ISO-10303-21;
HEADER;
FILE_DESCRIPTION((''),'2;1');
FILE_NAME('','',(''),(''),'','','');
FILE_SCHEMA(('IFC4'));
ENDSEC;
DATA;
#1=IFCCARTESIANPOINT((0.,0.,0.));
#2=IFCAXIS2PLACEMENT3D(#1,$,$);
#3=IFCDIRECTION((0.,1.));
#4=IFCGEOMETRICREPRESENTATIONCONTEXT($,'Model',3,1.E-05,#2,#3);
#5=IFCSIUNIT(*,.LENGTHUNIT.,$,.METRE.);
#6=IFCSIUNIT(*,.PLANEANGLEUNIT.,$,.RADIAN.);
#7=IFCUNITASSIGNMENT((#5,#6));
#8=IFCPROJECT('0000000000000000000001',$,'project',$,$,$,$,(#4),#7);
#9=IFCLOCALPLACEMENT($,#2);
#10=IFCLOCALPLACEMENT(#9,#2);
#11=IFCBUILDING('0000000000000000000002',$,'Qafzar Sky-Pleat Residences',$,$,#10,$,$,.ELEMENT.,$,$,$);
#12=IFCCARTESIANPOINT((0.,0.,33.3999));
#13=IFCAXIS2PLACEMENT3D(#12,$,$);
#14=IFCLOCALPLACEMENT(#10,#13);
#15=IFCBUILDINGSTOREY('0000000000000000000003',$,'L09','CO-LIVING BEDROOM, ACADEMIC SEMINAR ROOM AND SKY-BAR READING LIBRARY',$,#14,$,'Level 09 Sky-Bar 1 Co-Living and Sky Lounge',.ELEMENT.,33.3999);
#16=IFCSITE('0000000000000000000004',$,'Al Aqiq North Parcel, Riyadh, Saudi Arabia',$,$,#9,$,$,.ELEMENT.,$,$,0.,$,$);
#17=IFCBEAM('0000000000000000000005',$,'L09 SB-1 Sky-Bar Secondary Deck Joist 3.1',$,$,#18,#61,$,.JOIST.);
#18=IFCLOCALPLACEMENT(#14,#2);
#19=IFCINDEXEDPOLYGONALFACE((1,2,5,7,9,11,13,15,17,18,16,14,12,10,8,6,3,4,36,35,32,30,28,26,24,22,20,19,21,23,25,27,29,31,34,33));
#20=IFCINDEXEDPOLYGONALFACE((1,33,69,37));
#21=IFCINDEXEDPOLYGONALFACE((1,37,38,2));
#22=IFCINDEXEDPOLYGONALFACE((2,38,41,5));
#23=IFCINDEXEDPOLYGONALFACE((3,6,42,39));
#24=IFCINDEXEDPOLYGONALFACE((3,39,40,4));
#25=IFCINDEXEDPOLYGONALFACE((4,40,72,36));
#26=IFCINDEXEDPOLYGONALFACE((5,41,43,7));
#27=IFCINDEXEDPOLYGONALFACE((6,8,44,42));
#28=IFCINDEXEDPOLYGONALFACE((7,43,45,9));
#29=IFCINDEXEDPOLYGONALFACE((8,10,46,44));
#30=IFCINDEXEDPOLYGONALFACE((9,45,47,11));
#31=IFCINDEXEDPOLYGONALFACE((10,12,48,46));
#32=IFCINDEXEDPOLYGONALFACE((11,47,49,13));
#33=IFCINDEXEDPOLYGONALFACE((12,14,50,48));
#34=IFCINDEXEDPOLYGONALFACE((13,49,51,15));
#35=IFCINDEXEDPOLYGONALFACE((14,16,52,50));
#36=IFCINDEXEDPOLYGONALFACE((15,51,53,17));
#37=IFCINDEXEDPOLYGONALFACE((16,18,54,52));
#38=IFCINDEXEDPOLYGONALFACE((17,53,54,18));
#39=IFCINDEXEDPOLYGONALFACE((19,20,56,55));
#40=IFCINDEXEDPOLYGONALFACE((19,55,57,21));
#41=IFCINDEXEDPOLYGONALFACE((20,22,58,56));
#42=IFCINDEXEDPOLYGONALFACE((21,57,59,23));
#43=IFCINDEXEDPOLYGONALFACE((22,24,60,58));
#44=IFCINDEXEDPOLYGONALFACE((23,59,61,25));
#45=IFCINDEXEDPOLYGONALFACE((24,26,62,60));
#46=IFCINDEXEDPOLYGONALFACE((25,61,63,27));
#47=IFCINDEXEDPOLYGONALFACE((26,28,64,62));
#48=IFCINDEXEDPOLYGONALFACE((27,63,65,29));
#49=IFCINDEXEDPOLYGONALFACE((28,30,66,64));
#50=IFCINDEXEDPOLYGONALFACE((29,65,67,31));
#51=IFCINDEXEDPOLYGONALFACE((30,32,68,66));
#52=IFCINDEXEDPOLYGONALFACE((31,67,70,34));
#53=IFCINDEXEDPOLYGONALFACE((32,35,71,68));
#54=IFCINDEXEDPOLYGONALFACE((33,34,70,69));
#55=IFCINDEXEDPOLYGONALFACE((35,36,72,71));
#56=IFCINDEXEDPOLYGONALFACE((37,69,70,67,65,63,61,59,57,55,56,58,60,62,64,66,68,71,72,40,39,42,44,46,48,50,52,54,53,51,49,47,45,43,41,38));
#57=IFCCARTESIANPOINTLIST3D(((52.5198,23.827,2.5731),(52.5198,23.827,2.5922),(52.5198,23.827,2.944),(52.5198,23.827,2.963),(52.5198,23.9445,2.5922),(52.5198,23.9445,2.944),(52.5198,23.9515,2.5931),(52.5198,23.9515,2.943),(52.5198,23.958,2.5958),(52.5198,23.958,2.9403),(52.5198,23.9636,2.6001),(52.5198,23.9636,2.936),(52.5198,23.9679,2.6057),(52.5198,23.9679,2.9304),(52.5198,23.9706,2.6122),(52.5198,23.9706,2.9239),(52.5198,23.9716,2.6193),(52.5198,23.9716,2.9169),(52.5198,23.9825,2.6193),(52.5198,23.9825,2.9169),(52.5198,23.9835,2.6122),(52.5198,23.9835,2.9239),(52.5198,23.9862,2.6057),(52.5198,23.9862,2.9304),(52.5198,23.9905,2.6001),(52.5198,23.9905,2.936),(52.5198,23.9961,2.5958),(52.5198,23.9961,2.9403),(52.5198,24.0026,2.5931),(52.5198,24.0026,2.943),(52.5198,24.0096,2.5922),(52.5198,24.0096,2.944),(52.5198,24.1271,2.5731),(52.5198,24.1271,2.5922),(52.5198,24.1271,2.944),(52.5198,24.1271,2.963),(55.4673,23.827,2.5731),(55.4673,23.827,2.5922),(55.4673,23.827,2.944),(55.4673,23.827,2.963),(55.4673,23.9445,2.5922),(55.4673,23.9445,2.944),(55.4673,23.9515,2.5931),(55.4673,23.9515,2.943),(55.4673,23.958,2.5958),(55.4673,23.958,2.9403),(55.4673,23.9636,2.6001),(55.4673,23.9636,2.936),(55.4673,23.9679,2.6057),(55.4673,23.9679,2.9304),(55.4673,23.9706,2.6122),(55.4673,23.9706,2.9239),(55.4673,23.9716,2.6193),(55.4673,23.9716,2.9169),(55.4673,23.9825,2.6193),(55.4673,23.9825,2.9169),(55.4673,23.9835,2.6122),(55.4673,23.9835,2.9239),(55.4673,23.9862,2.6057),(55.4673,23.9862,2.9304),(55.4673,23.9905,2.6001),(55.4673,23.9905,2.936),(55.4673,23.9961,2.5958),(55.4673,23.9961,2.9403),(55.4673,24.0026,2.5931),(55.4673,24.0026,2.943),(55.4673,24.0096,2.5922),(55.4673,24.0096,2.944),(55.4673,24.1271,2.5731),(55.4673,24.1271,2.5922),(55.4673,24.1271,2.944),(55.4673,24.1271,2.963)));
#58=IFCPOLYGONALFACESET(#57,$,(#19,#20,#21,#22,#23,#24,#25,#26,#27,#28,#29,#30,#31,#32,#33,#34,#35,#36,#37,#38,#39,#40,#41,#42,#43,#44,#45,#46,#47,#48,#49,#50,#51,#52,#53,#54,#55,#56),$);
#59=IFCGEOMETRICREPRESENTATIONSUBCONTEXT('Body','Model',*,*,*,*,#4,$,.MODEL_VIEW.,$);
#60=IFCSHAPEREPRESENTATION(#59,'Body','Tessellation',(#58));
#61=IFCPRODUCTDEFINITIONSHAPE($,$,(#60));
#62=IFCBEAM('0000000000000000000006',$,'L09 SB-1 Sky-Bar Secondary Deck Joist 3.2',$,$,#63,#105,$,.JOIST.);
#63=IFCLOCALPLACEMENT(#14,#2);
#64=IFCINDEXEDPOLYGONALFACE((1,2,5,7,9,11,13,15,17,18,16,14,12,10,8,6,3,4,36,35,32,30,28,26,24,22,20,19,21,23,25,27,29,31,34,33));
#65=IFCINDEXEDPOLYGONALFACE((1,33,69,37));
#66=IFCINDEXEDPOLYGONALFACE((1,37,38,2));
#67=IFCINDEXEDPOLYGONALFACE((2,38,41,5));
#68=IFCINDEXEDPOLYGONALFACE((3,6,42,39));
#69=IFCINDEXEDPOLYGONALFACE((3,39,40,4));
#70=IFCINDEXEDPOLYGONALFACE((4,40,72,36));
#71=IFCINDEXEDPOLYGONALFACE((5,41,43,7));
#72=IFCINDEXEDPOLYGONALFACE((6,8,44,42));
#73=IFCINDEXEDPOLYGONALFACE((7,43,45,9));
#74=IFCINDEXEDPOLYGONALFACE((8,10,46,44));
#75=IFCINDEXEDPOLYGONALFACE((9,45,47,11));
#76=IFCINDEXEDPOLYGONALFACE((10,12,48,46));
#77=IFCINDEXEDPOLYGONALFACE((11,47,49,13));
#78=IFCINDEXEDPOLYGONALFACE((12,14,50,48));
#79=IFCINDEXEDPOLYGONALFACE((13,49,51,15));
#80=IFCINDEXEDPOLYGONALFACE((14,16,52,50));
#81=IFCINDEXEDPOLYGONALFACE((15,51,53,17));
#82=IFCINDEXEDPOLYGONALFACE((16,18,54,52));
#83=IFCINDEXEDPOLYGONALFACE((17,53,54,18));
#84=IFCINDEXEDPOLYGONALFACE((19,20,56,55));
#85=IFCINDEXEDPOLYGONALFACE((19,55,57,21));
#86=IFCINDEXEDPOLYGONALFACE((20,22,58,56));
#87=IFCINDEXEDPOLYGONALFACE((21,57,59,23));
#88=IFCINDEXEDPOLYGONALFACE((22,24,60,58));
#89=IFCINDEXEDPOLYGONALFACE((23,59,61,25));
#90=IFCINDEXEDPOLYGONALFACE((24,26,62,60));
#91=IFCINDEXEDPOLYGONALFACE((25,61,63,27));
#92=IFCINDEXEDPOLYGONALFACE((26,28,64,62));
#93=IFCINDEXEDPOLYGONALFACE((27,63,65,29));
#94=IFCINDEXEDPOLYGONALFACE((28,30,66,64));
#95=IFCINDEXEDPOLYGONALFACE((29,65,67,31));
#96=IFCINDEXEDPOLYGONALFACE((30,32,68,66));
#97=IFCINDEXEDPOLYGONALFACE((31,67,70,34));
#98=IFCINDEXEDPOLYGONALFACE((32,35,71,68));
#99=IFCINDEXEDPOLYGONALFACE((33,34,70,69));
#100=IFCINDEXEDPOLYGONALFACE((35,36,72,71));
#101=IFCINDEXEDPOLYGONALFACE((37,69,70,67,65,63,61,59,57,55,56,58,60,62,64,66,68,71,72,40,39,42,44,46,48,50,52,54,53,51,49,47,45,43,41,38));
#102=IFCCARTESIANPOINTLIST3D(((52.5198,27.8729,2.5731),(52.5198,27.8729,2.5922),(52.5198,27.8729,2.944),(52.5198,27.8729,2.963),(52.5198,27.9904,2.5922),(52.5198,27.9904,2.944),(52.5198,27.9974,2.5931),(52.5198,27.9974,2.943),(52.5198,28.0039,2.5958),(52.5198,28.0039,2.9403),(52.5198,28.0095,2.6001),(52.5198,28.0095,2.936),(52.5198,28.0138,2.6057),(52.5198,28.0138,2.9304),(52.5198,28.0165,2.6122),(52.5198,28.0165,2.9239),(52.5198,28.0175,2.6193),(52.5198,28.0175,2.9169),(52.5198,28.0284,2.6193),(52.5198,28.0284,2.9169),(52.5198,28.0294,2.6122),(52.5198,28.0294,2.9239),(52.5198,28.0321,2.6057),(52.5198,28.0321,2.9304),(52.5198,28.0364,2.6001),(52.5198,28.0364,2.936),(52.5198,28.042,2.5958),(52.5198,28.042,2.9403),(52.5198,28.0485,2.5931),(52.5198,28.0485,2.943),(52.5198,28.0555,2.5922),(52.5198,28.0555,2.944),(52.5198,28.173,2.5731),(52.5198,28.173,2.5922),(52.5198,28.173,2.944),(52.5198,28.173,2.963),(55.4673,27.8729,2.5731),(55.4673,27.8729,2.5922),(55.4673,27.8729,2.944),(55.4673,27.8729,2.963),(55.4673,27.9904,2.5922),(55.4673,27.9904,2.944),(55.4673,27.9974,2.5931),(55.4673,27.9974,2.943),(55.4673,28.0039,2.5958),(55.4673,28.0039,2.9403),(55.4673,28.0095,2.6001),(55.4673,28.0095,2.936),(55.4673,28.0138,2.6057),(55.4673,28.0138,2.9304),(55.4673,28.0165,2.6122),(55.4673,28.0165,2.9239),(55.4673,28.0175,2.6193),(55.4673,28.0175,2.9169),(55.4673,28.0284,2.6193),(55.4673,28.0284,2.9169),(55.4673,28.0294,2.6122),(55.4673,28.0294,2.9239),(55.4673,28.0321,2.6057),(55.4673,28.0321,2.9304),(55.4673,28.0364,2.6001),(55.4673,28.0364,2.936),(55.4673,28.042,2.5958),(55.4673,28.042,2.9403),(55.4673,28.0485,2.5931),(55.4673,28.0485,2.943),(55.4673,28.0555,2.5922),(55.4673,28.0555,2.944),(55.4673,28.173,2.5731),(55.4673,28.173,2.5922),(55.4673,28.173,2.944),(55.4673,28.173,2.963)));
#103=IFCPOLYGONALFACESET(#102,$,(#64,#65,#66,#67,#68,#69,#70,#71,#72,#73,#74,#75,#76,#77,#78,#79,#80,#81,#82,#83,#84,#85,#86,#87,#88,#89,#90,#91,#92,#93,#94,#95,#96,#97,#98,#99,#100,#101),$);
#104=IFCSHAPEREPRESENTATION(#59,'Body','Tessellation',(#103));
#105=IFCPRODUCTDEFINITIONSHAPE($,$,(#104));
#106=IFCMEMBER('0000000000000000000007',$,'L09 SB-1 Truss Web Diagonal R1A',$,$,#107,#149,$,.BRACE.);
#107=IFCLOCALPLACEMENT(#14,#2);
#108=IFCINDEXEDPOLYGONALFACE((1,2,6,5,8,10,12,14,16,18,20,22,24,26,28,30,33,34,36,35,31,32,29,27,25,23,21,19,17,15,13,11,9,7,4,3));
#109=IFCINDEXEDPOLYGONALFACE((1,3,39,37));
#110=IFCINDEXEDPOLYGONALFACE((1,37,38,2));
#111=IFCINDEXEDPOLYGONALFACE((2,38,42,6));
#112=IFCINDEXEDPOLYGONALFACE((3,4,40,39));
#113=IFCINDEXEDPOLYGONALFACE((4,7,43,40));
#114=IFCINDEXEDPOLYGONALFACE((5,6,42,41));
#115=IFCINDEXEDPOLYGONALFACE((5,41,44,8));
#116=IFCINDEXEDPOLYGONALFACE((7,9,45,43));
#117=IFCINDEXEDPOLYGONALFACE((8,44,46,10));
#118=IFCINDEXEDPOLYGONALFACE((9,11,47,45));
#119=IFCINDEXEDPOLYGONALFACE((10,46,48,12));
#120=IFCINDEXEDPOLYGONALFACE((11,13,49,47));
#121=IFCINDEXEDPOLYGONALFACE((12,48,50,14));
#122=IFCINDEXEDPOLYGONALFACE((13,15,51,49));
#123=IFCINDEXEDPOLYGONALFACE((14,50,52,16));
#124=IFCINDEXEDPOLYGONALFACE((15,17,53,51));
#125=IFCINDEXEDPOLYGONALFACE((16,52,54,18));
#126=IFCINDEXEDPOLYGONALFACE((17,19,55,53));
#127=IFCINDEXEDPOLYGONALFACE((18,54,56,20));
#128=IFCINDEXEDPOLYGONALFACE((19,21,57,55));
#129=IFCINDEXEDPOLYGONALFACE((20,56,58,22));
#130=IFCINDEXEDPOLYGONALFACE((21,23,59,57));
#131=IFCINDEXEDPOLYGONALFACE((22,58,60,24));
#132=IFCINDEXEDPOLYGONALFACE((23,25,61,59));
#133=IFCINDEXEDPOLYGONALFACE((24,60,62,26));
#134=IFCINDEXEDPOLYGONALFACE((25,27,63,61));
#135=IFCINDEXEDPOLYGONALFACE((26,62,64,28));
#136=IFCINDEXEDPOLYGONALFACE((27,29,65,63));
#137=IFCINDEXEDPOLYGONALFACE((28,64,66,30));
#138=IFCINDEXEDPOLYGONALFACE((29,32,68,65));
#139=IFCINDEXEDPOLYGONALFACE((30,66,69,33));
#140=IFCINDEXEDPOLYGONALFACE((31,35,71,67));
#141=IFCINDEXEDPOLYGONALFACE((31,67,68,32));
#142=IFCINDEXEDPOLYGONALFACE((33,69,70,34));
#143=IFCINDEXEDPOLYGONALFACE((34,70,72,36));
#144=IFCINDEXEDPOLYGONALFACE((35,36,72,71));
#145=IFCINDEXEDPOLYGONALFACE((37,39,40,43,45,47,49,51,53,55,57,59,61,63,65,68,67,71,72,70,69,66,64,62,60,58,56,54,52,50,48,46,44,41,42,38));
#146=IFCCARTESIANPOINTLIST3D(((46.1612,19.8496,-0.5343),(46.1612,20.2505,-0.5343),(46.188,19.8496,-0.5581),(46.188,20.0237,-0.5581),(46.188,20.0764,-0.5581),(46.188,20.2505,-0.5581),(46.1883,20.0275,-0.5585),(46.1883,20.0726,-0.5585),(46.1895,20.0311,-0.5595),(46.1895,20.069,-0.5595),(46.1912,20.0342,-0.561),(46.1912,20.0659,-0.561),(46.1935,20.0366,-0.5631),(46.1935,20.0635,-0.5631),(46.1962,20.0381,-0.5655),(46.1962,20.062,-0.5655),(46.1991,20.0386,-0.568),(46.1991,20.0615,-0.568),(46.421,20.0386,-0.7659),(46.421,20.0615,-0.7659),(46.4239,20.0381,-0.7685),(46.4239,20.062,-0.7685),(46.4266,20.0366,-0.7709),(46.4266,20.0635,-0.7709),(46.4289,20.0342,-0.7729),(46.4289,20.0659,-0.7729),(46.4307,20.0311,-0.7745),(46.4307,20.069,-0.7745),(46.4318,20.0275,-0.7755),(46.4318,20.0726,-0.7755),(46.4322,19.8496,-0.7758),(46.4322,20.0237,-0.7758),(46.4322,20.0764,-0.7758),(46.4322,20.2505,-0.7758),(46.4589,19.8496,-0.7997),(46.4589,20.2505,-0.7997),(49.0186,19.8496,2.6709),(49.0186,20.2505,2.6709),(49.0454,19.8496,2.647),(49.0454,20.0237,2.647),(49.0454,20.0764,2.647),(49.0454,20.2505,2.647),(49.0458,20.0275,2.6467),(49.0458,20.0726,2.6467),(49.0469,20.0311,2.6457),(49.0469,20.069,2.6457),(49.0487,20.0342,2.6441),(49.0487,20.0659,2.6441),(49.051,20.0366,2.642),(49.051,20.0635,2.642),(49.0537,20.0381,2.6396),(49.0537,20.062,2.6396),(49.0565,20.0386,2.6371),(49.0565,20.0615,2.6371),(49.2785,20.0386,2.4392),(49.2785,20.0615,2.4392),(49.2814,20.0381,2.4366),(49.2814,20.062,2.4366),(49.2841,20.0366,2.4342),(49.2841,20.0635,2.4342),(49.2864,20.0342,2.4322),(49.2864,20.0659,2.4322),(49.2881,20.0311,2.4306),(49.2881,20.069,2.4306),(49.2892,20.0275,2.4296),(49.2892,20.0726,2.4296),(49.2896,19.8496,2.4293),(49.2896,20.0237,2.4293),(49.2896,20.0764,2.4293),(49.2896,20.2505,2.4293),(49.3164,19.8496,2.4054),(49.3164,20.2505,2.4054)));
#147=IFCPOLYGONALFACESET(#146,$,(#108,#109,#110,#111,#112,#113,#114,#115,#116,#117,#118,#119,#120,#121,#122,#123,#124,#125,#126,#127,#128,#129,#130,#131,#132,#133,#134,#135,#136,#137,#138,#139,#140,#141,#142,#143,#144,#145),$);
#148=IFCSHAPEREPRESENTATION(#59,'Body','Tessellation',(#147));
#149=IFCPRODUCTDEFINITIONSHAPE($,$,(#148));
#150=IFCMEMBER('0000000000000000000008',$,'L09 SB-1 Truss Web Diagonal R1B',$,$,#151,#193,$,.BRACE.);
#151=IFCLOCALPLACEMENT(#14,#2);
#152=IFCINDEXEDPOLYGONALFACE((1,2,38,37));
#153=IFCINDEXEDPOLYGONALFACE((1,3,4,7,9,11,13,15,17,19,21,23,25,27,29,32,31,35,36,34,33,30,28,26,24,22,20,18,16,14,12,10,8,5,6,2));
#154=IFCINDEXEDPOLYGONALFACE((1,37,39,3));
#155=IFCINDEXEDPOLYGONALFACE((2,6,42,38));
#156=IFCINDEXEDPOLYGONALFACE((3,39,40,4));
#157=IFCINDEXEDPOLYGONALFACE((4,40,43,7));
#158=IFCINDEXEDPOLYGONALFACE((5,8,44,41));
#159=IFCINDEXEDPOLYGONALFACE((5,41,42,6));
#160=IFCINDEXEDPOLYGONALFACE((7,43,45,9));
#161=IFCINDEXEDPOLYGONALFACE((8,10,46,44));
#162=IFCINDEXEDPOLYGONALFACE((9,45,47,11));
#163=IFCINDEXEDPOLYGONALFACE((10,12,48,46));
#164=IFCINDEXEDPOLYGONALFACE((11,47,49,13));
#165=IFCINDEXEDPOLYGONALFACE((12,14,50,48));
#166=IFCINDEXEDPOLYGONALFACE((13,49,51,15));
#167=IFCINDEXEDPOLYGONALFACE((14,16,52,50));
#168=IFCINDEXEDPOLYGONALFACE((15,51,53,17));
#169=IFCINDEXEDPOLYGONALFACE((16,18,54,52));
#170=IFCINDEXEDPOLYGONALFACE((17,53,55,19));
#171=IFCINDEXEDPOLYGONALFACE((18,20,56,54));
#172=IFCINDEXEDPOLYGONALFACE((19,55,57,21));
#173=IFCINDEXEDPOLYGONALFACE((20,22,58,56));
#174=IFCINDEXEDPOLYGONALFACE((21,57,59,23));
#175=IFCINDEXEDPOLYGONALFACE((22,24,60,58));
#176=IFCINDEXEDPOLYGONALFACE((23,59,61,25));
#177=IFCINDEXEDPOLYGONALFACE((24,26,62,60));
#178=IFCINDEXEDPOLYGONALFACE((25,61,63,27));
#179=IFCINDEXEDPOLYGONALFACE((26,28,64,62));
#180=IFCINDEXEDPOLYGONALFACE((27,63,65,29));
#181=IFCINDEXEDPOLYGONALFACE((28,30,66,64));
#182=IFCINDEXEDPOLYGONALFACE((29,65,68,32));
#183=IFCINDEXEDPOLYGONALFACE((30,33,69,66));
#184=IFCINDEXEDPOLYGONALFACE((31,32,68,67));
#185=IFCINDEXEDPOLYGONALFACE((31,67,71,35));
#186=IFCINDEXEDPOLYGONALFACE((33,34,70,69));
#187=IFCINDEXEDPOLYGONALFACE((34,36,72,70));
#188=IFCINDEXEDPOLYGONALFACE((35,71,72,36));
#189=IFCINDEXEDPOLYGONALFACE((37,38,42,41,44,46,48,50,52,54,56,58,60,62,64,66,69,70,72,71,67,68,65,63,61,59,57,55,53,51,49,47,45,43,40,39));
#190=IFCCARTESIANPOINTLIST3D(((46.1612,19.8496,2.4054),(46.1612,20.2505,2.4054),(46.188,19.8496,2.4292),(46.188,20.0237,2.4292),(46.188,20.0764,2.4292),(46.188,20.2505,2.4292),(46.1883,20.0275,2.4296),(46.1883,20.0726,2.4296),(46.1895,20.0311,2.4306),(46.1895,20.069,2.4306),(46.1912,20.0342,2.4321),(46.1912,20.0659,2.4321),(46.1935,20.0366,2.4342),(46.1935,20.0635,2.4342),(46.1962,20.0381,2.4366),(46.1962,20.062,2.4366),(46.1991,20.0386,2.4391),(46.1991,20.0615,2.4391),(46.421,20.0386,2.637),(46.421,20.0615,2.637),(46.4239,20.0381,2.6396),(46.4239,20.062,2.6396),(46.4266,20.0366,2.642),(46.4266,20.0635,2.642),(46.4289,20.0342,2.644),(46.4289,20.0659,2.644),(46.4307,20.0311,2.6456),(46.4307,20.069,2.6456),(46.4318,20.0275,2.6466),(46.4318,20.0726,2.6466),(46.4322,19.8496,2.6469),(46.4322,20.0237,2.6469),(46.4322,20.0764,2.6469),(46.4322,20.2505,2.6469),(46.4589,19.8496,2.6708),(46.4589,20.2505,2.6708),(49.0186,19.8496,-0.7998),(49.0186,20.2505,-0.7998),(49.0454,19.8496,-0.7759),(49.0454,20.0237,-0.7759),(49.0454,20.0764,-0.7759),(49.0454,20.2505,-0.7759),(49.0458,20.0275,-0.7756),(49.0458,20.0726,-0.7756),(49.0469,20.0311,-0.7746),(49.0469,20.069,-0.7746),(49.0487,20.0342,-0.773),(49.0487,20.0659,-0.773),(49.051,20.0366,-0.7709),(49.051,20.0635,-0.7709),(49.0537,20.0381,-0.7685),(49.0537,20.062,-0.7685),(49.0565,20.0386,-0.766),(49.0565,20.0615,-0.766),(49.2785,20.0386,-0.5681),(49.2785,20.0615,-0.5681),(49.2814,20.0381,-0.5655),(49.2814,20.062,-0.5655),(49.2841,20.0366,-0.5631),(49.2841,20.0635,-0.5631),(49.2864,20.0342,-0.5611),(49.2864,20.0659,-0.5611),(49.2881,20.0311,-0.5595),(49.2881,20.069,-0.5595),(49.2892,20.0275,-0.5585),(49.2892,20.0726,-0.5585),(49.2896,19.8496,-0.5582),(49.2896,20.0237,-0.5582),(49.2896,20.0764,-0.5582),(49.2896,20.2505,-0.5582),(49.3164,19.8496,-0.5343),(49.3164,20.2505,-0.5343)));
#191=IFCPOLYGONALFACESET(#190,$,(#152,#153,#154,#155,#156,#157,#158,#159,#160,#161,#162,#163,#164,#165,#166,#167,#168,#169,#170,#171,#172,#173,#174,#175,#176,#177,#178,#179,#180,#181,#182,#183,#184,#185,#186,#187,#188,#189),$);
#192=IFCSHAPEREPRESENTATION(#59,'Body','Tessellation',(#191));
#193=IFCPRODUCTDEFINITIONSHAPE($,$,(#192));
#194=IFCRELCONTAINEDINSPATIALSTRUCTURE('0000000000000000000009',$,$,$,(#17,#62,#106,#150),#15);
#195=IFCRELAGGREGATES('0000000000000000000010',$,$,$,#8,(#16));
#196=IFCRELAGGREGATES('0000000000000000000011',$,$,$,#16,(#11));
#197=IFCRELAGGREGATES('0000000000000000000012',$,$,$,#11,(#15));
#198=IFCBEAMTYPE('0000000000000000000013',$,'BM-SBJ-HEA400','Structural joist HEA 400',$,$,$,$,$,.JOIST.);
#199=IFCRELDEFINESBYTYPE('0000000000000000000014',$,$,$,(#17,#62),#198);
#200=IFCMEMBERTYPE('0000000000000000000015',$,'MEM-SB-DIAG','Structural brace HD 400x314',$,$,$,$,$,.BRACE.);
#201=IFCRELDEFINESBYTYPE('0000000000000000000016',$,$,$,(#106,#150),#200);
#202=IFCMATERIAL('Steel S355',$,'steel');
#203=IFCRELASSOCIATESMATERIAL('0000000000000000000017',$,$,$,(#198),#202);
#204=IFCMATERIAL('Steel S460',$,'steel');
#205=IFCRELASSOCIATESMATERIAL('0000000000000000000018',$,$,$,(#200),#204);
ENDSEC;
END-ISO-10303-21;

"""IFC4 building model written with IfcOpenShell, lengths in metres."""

from ifc_helpers import new_model, si_unit, direction, frame, origin, origin_2d, place, context, subcontext, project, spatial, i_section, extrude, source, transform, mapped, material, material_profile, profile_set, type_object, element, save


model = new_model("IFC4")

# Units and contexts
model_context = context("Model", 3, precision=1e-05, world=origin(), true_north=direction((0.0, 1.0)))
body_context = subcontext(model_context, "Body", "Model", "MODEL_VIEW")
ifc_project = project(units=[si_unit("LENGTHUNIT", "METRE"), si_unit("PLANEANGLEUNIT", "RADIAN")], contexts=[model_context])

# Site, building, storey
site_placement = place(None, origin())
site = spatial("IfcSite", under=ifc_project, at=site_placement, Name="Al Aqiq North Parcel, Riyadh, Saudi Arabia", CompositionType="ELEMENT", RefElevation=0.0)
building_placement = place(site_placement, origin())
building = spatial("IfcBuilding", under=site, at=building_placement, Name="Qafzar Sky-Pleat Residences", CompositionType="ELEMENT")
storey_placement = place(building_placement, frame((0.0, 0.0, 33.3999)))
storey = spatial("IfcBuildingStorey", under=building, at=storey_placement, Name="L09", Description="CO-LIVING BEDROOM, ACADEMIC SEMINAR ROOM AND SKY-BAR READING LIBRARY", LongName="Level 09 Sky-Bar 1 Co-Living and Sky Lounge", CompositionType="ELEMENT", Elevation=33.3999)

# Shared definitions
ifc_material_1 = material(Name="Steel S460", Category="steel")

# Beams
ifc_material_2 = material(Name="Steel S355", Category="steel")
ifc_material_profile_1 = material_profile(ifc_material_2, i_section(OverallWidth=0.3, OverallDepth=0.3899, WebThickness=0.011, FlangeThickness=0.019, FilletRadius=0.0271, at=origin_2d()), Name="HEA 400")
ifc_profile_set_1 = profile_set([ifc_material_profile_1], Name="Steel S355")
beam_type_1 = type_object("IfcBeamType", Name="BM-SBJ-HEA400", Description="Structural joist HEA 400", PredefinedType="JOIST", material=ifc_profile_set_1)
shared_shape_1 = source(origin(), body_context, "Body", "SweptSolid", [
    extrude(i_section(OverallWidth=0.3, OverallDepth=0.3899, WebThickness=0.011, FlangeThickness=0.019, FilletRadius=0.0271, at=origin_2d()), origin(), (0.0, 0.0, 1.0), 2.9475),
])
for number, where, z_axis, x_axis, name in (
    (1, (52.5198, 23.9771, 2.7681), (1.0, 0.0, 0.0), (0.0, 1.0, 0.0), "L09 SB-1 Sky-Bar Secondary Deck Joist 3.1"),
    (2, (52.5198, 28.0229, 2.7681), (1.0, 0.0, 0.0), (0.0, 1.0, 0.0), "L09 SB-1 Sky-Bar Secondary Deck Joist 3.2"),
):
    element("IfcBeam", number, at=place(storey_placement, frame(where, z_axis=z_axis, x_axis=x_axis)), inside=storey, type_object=beam_type_1, Name=name, PredefinedType="JOIST", context=body_context, shape_type="MappedRepresentation", body=[
        mapped(shared_shape_1, transform((0.0, 0.0, 0.0), x_axis=(1.0, 0.0, 0.0), y_axis=(0.0, 1.0, 0.0), z_axis=(0.0, 0.0, 1.0), scale=1.0)),
    ])

# Members
ifc_material_profile_2 = material_profile(ifc_material_1, i_section(OverallWidth=0.4009, OverallDepth=0.3989, WebThickness=0.0229, FlangeThickness=0.0359, FilletRadius=0.0149, at=origin_2d()), Name="HD 400x314")
ifc_profile_set_2 = profile_set([ifc_material_profile_2], Name="Steel S460")
member_type = type_object("IfcMemberType", Name="MEM-SB-DIAG", Description="Structural brace HD 400x314", PredefinedType="BRACE", material=ifc_profile_set_2)
shared_shape_2 = source(origin(), body_context, "Body", "SweptSolid", [
    extrude(i_section(OverallWidth=0.4009, OverallDepth=0.3989, WebThickness=0.0229, FlangeThickness=0.0359, FilletRadius=0.0149, at=origin_2d()), origin(), (0.0, 0.0, 1.0), 4.2939),
])
for number, where, z_axis, x_axis, name in (
    (3, (46.3101, 20.05, -0.667), (0.665464, 0.0, 0.74643), (0.0, 1.0, 0.0), "L09 SB-1 Truss Web Diagonal R1A"),
    (4, (46.3101, 20.05, 2.5381), (0.665464, 0.0, -0.74643), (0.0, 1.0, 0.0), "L09 SB-1 Truss Web Diagonal R1B"),
):
    element("IfcMember", number, at=place(storey_placement, frame(where, z_axis=z_axis, x_axis=x_axis)), inside=storey, type_object=member_type, Name=name, PredefinedType="BRACE", context=body_context, shape_type="MappedRepresentation", body=[
        mapped(shared_shape_2, transform((0.0, 0.0, 0.0), x_axis=(1.0, 0.0, 0.0), y_axis=(0.0, 1.0, 0.0), z_axis=(0.0, 0.0, 1.0), scale=1.0)),
    ])

save(model, "model.ifc")
